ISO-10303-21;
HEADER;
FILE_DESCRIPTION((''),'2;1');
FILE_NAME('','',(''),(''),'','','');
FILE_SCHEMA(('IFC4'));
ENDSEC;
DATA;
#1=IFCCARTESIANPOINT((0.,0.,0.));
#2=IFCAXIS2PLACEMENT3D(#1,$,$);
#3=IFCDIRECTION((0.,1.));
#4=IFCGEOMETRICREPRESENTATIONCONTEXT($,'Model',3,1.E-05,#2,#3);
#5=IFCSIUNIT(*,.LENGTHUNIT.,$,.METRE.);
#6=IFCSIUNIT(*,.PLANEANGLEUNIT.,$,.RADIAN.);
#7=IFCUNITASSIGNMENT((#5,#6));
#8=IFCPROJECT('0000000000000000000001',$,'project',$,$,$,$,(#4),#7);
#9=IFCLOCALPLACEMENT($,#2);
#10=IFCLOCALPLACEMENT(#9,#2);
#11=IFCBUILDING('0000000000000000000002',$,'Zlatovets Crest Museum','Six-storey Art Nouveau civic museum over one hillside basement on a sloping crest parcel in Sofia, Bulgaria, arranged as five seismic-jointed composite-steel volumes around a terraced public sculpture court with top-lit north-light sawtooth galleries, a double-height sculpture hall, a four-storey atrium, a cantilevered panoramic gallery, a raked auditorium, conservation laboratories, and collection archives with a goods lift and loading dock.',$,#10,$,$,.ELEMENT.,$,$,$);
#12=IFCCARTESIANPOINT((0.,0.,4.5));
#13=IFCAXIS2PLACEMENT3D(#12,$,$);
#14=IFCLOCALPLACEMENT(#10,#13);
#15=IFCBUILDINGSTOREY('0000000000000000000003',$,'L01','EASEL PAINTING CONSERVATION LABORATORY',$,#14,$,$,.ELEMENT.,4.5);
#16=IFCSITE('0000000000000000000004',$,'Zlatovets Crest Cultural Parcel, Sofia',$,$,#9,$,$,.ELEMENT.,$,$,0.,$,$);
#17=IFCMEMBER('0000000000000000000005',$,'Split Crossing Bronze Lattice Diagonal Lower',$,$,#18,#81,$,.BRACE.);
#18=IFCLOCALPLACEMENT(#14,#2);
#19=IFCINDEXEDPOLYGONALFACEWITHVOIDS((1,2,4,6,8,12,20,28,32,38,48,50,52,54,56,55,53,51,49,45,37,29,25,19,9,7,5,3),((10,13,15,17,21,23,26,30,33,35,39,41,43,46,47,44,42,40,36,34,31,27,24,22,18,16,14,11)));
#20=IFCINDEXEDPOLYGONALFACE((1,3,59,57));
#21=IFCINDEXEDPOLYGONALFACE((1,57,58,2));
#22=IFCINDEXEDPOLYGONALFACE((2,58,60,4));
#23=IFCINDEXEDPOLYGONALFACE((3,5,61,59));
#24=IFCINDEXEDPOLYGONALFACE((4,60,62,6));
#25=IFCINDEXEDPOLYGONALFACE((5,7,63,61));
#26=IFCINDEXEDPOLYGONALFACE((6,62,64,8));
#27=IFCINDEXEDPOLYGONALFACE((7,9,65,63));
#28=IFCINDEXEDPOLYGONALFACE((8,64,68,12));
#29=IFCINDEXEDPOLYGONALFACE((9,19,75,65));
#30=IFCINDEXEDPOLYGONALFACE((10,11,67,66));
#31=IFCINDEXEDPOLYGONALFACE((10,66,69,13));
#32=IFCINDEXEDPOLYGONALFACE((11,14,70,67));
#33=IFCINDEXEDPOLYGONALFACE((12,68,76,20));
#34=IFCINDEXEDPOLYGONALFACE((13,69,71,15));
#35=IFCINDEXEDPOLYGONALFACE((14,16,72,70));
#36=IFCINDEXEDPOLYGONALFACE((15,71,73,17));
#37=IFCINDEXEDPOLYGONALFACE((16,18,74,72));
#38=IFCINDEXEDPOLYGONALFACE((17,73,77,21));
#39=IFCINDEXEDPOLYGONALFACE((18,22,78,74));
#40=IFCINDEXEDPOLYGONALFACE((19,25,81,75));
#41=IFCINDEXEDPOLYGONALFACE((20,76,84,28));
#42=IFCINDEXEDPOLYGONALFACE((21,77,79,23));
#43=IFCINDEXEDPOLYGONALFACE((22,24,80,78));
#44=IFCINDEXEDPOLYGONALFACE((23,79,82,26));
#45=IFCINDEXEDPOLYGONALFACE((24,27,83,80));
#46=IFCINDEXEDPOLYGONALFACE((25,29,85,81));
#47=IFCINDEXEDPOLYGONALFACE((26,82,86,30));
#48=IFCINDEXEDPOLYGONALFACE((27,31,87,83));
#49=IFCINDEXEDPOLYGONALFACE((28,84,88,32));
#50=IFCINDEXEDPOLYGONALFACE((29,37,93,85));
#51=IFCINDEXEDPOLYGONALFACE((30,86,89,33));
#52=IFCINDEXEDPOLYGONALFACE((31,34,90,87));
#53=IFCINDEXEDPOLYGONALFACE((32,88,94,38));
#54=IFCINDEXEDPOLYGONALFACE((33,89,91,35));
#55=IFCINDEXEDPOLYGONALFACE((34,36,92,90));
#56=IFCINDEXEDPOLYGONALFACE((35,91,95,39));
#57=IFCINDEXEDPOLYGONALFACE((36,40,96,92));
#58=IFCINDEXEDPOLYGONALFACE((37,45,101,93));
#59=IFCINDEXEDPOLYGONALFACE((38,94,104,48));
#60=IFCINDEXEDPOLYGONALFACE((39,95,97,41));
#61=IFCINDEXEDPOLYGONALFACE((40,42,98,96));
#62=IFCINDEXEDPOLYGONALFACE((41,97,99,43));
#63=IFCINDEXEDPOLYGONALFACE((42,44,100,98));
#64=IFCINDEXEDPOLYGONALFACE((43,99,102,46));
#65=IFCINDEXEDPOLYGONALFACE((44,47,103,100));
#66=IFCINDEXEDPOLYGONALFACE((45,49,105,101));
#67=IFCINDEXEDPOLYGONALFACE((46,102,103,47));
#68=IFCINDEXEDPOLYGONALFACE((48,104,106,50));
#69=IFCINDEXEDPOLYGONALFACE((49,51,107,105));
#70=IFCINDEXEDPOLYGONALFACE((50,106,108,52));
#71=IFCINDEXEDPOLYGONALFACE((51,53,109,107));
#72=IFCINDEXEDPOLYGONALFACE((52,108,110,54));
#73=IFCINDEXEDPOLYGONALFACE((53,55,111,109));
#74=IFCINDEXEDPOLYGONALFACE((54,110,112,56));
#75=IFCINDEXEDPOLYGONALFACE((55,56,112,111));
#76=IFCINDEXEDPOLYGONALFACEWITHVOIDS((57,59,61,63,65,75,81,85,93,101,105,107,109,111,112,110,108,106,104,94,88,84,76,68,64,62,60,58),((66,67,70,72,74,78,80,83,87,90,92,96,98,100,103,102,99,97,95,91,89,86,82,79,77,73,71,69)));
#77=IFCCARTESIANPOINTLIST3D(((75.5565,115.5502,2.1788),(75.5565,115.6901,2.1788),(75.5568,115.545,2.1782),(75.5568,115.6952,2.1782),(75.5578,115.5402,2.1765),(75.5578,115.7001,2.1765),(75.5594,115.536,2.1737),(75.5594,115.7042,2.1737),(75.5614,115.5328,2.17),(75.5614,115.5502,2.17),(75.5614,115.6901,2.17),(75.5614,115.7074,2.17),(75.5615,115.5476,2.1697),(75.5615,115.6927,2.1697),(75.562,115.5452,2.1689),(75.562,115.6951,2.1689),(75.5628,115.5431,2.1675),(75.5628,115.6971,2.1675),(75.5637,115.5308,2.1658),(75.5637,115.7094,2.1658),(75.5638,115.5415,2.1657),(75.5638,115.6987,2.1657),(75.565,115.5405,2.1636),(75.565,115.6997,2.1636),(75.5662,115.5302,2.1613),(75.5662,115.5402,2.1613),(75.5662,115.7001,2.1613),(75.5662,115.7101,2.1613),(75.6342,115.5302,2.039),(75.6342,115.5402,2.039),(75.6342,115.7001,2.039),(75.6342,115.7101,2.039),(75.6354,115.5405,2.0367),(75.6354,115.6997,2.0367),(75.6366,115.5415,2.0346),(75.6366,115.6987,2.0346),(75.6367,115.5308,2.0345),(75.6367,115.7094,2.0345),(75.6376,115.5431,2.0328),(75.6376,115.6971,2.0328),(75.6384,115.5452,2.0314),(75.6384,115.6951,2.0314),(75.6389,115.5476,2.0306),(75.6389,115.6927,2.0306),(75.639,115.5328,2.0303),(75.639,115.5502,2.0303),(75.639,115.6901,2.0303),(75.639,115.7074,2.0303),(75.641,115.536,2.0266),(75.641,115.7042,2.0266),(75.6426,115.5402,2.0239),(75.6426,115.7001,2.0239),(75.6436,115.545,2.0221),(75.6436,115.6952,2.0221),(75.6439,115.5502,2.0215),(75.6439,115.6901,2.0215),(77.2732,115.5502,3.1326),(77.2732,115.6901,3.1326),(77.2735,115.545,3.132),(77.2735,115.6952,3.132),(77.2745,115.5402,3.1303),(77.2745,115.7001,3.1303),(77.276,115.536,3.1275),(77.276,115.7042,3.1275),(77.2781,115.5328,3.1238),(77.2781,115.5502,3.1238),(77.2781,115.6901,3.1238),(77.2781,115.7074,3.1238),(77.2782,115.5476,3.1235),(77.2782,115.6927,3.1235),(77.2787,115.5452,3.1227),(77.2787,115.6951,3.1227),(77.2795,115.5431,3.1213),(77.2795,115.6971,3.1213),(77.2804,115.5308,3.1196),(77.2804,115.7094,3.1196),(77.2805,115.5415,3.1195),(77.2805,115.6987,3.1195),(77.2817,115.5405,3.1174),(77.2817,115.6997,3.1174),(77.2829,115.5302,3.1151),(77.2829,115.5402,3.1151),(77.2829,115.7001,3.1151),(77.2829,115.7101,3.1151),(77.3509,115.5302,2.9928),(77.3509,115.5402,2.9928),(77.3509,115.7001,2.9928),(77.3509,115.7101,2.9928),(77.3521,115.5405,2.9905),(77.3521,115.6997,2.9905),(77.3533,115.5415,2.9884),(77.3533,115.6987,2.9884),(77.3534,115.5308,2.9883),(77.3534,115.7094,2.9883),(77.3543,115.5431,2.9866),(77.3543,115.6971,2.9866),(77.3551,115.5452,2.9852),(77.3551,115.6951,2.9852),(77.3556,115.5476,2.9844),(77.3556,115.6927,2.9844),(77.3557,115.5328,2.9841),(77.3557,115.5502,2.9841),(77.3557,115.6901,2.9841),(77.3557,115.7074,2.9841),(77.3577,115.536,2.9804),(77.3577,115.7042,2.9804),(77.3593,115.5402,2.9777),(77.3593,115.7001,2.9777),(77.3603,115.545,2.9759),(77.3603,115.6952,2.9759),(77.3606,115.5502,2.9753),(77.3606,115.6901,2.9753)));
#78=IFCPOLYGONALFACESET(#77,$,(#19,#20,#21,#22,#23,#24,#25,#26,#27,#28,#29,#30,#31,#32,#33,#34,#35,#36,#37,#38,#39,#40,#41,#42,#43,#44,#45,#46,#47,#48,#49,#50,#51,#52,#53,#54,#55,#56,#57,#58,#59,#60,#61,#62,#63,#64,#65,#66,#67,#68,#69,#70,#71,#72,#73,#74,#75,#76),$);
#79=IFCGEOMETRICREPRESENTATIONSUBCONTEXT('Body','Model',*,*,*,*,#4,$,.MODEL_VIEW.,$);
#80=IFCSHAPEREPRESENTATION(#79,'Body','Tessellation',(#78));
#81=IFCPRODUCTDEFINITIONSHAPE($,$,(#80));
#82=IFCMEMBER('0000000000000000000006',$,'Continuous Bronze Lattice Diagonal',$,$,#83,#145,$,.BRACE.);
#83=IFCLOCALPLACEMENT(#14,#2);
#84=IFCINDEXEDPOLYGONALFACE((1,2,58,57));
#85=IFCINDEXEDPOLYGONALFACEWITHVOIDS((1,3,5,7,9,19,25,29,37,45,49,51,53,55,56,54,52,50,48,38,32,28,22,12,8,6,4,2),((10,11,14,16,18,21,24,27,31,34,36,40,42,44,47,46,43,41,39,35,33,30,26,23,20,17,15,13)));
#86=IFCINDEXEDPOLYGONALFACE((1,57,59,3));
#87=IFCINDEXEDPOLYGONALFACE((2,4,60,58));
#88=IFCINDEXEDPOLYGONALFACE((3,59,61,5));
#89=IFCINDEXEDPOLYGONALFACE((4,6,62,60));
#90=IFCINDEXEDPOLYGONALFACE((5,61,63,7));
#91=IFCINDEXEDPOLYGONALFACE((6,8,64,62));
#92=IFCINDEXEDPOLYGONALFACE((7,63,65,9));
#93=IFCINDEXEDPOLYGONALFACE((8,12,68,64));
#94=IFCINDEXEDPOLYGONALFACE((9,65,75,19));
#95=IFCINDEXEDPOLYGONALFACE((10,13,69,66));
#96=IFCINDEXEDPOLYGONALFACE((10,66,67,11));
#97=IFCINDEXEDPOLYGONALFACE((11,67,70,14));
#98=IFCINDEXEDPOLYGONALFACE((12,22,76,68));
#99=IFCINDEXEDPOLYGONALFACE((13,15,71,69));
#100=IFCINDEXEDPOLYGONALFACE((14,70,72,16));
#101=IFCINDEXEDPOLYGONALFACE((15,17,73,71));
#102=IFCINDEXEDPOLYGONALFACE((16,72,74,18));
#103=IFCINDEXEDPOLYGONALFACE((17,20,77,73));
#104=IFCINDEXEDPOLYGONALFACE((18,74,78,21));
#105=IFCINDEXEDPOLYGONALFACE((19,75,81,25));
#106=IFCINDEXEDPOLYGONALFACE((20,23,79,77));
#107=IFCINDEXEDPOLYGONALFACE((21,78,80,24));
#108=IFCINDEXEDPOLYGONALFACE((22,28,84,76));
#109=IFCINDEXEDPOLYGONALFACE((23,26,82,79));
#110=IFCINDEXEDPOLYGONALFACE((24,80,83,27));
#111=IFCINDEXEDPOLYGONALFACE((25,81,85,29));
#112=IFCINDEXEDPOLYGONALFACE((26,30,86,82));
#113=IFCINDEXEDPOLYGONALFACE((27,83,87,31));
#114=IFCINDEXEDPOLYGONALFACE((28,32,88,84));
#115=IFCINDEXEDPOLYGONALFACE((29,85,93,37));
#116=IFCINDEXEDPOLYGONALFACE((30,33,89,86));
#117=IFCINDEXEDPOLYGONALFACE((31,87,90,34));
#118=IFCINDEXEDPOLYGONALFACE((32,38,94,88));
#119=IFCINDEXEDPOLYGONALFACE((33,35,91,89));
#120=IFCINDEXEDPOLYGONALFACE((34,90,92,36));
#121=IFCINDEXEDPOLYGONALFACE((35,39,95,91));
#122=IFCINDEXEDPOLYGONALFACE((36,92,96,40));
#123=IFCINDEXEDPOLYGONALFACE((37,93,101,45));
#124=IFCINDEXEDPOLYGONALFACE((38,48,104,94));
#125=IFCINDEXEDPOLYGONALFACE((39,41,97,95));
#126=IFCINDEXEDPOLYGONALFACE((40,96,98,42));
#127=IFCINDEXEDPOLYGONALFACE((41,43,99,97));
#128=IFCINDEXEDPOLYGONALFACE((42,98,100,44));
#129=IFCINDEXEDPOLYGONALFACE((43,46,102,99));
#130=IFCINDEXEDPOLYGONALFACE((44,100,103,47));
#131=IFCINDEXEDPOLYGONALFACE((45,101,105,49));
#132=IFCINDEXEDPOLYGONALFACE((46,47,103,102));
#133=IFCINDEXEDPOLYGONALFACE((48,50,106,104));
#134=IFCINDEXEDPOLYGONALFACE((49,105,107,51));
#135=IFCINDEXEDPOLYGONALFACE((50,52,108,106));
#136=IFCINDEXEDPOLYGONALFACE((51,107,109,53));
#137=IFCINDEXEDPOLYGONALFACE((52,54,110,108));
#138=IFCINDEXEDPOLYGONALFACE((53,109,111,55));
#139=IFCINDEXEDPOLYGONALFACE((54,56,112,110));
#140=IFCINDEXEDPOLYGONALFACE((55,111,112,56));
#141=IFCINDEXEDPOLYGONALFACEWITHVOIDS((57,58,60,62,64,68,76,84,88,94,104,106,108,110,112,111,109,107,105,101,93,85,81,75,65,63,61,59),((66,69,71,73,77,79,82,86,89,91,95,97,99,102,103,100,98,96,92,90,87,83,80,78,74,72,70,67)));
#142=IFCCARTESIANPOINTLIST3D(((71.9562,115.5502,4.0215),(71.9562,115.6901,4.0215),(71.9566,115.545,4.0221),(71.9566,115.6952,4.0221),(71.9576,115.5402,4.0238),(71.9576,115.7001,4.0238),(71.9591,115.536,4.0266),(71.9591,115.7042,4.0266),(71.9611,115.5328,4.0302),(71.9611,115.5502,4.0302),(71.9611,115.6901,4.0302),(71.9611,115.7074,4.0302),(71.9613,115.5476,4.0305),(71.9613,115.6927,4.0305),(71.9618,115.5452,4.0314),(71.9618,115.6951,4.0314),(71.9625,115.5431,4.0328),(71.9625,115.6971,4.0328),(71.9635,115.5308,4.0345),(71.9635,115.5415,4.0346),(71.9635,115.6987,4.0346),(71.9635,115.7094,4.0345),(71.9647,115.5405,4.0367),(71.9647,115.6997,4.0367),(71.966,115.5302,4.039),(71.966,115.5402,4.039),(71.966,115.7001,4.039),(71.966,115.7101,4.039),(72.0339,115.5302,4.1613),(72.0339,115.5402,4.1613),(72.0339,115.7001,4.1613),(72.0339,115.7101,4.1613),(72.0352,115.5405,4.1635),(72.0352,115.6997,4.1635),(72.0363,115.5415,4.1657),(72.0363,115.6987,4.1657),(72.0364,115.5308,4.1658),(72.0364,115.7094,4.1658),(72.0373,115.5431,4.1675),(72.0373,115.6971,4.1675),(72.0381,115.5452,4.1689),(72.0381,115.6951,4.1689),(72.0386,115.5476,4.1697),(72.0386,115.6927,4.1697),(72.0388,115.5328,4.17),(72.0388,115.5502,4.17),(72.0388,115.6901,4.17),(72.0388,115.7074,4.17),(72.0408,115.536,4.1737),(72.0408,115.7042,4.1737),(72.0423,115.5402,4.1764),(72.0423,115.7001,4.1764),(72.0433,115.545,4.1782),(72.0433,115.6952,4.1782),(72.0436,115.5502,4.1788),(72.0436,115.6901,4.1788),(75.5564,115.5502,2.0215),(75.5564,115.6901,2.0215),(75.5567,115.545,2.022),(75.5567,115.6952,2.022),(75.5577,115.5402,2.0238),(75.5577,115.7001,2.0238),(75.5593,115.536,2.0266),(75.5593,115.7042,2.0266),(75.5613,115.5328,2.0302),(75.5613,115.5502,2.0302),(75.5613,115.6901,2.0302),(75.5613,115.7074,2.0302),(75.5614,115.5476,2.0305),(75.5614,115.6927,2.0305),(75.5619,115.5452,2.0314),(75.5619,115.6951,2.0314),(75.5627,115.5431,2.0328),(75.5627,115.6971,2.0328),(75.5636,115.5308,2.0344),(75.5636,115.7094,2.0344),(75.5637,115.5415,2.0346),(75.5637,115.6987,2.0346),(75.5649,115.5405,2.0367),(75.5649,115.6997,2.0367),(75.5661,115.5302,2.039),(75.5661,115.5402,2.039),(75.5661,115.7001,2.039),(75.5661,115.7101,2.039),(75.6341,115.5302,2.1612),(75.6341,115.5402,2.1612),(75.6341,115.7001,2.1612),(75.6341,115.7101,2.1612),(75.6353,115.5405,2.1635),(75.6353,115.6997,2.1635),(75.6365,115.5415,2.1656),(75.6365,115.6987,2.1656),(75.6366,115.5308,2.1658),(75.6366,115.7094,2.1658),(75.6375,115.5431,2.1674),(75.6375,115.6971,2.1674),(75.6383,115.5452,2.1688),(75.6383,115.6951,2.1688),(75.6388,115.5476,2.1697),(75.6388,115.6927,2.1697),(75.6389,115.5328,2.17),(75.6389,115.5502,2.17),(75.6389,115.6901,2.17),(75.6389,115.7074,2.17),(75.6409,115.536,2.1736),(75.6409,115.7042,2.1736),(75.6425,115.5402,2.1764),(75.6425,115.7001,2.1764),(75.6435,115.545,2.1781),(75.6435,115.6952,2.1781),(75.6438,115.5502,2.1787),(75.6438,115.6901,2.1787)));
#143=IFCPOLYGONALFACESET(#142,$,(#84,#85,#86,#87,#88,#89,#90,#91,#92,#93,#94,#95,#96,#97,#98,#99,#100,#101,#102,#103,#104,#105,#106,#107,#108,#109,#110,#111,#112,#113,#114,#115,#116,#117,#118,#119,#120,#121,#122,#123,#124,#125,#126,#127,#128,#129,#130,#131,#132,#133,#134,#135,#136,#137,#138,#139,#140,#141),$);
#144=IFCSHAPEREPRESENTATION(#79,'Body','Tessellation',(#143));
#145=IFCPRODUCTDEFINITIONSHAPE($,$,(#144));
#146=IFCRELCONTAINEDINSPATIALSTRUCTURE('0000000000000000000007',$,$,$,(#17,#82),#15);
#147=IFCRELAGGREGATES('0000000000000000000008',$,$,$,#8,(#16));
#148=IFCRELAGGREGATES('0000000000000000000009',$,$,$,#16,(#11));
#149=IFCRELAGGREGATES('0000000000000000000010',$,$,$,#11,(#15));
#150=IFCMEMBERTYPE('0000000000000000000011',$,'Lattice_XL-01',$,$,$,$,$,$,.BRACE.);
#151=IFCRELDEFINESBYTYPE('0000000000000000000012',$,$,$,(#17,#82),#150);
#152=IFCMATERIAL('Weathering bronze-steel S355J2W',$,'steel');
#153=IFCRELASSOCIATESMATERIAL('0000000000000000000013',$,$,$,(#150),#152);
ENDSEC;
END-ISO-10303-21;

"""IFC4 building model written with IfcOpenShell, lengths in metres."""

from ifc_helpers import new_model, si_unit, direction, frame, origin, origin_2d, place, context, subcontext, project, spatial, hollow_rectangle, extrude, material, material_profile, profile_set, type_object, element, save


model = new_model("IFC4")

# Units and contexts
model_context = context("Model", 3, precision=1e-05, world=origin(), true_north=direction((0.0, 1.0)))
body_context = subcontext(model_context, "Body", "Model", "MODEL_VIEW")
ifc_project = project(units=[si_unit("LENGTHUNIT", "METRE"), si_unit("PLANEANGLEUNIT", "RADIAN")], contexts=[model_context])

# Site, building, storey
site_placement = place(None, origin())
site = spatial("IfcSite", under=ifc_project, at=site_placement, Name="Zlatovets Crest Cultural Parcel, Sofia", CompositionType="ELEMENT", RefElevation=0.0)
building_placement = place(site_placement, origin())
building = spatial("IfcBuilding", under=site, at=building_placement, Name="Zlatovets Crest Museum", Description="Six-storey Art Nouveau civic museum over one hillside basement on a sloping crest parcel in Sofia, Bulgaria, arranged as five seismic-jointed composite-steel volumes around a terraced public sculpture court with top-lit north-light sawtooth galleries, a double-height sculpture hall, a four-storey atrium, a cantilevered panoramic gallery, a raked auditorium, conservation laboratories, and collection archives with a goods lift and loading dock.", CompositionType="ELEMENT")
storey_placement = place(building_placement, frame((0.0, 0.0, 4.5)))
storey = spatial("IfcBuildingStorey", under=building, at=storey_placement, Name="L01", Description="EASEL PAINTING CONSERVATION LABORATORY", CompositionType="ELEMENT", Elevation=4.5)

# Members
ifc_material_1 = material(Name="Weathering bronze-steel S355J2W", Category="steel")
ifc_material_profile_1 = material_profile(ifc_material_1, hollow_rectangle(XDim=0.1799, YDim=0.1799, WallThickness=0.01, InnerFilletRadius=0.01, OuterFilletRadius=0.02, at=origin_2d()), Name="SHS 180x180x10.0")
ifc_profile_set_1 = profile_set([ifc_material_profile_1], Name="Weathering bronze-steel S355J2W")
member_type_1 = type_object("IfcMemberType", Name="Lattice_XL-01", PredefinedType="BRACE", material=ifc_profile_set_1)
member_1_placement = place(storey_placement, frame((77.3169, 115.6201, 3.054), z_axis=(-0.87414, 0.0, -0.485675), x_axis=(0.0, -1.0, 0.0)))
element("IfcMember", 1, at=member_1_placement, inside=storey, type_object=member_type_1, Name="Split Crossing Bronze Lattice Diagonal Lower", PredefinedType="BRACE", context=body_context, shape_type="SweptSolid", body=[
    extrude(hollow_rectangle(XDim=0.1799, YDim=0.1799, WallThickness=0.01, InnerFilletRadius=0.01, OuterFilletRadius=0.02, at=origin_2d()), origin(), (0.0, 0.0, 1.0), 1.9639),
])
member_2_placement = place(storey_placement, frame((75.6001, 115.6201, 2.1001), z_axis=(-0.874163, 0.0, 0.485633), x_axis=(0.0, -1.0, 0.0)))
element("IfcMember", 2, at=member_2_placement, inside=storey, type_object=member_type_1, Name="Continuous Bronze Lattice Diagonal", PredefinedType="BRACE", context=body_context, shape_type="SweptSolid", body=[
    extrude(hollow_rectangle(XDim=0.1799, YDim=0.1799, WallThickness=0.01, InnerFilletRadius=0.01, OuterFilletRadius=0.02, at=origin_2d()), origin(), (0.0, 0.0, 1.0), 4.1184),
])

save(model, "model.ifc")
